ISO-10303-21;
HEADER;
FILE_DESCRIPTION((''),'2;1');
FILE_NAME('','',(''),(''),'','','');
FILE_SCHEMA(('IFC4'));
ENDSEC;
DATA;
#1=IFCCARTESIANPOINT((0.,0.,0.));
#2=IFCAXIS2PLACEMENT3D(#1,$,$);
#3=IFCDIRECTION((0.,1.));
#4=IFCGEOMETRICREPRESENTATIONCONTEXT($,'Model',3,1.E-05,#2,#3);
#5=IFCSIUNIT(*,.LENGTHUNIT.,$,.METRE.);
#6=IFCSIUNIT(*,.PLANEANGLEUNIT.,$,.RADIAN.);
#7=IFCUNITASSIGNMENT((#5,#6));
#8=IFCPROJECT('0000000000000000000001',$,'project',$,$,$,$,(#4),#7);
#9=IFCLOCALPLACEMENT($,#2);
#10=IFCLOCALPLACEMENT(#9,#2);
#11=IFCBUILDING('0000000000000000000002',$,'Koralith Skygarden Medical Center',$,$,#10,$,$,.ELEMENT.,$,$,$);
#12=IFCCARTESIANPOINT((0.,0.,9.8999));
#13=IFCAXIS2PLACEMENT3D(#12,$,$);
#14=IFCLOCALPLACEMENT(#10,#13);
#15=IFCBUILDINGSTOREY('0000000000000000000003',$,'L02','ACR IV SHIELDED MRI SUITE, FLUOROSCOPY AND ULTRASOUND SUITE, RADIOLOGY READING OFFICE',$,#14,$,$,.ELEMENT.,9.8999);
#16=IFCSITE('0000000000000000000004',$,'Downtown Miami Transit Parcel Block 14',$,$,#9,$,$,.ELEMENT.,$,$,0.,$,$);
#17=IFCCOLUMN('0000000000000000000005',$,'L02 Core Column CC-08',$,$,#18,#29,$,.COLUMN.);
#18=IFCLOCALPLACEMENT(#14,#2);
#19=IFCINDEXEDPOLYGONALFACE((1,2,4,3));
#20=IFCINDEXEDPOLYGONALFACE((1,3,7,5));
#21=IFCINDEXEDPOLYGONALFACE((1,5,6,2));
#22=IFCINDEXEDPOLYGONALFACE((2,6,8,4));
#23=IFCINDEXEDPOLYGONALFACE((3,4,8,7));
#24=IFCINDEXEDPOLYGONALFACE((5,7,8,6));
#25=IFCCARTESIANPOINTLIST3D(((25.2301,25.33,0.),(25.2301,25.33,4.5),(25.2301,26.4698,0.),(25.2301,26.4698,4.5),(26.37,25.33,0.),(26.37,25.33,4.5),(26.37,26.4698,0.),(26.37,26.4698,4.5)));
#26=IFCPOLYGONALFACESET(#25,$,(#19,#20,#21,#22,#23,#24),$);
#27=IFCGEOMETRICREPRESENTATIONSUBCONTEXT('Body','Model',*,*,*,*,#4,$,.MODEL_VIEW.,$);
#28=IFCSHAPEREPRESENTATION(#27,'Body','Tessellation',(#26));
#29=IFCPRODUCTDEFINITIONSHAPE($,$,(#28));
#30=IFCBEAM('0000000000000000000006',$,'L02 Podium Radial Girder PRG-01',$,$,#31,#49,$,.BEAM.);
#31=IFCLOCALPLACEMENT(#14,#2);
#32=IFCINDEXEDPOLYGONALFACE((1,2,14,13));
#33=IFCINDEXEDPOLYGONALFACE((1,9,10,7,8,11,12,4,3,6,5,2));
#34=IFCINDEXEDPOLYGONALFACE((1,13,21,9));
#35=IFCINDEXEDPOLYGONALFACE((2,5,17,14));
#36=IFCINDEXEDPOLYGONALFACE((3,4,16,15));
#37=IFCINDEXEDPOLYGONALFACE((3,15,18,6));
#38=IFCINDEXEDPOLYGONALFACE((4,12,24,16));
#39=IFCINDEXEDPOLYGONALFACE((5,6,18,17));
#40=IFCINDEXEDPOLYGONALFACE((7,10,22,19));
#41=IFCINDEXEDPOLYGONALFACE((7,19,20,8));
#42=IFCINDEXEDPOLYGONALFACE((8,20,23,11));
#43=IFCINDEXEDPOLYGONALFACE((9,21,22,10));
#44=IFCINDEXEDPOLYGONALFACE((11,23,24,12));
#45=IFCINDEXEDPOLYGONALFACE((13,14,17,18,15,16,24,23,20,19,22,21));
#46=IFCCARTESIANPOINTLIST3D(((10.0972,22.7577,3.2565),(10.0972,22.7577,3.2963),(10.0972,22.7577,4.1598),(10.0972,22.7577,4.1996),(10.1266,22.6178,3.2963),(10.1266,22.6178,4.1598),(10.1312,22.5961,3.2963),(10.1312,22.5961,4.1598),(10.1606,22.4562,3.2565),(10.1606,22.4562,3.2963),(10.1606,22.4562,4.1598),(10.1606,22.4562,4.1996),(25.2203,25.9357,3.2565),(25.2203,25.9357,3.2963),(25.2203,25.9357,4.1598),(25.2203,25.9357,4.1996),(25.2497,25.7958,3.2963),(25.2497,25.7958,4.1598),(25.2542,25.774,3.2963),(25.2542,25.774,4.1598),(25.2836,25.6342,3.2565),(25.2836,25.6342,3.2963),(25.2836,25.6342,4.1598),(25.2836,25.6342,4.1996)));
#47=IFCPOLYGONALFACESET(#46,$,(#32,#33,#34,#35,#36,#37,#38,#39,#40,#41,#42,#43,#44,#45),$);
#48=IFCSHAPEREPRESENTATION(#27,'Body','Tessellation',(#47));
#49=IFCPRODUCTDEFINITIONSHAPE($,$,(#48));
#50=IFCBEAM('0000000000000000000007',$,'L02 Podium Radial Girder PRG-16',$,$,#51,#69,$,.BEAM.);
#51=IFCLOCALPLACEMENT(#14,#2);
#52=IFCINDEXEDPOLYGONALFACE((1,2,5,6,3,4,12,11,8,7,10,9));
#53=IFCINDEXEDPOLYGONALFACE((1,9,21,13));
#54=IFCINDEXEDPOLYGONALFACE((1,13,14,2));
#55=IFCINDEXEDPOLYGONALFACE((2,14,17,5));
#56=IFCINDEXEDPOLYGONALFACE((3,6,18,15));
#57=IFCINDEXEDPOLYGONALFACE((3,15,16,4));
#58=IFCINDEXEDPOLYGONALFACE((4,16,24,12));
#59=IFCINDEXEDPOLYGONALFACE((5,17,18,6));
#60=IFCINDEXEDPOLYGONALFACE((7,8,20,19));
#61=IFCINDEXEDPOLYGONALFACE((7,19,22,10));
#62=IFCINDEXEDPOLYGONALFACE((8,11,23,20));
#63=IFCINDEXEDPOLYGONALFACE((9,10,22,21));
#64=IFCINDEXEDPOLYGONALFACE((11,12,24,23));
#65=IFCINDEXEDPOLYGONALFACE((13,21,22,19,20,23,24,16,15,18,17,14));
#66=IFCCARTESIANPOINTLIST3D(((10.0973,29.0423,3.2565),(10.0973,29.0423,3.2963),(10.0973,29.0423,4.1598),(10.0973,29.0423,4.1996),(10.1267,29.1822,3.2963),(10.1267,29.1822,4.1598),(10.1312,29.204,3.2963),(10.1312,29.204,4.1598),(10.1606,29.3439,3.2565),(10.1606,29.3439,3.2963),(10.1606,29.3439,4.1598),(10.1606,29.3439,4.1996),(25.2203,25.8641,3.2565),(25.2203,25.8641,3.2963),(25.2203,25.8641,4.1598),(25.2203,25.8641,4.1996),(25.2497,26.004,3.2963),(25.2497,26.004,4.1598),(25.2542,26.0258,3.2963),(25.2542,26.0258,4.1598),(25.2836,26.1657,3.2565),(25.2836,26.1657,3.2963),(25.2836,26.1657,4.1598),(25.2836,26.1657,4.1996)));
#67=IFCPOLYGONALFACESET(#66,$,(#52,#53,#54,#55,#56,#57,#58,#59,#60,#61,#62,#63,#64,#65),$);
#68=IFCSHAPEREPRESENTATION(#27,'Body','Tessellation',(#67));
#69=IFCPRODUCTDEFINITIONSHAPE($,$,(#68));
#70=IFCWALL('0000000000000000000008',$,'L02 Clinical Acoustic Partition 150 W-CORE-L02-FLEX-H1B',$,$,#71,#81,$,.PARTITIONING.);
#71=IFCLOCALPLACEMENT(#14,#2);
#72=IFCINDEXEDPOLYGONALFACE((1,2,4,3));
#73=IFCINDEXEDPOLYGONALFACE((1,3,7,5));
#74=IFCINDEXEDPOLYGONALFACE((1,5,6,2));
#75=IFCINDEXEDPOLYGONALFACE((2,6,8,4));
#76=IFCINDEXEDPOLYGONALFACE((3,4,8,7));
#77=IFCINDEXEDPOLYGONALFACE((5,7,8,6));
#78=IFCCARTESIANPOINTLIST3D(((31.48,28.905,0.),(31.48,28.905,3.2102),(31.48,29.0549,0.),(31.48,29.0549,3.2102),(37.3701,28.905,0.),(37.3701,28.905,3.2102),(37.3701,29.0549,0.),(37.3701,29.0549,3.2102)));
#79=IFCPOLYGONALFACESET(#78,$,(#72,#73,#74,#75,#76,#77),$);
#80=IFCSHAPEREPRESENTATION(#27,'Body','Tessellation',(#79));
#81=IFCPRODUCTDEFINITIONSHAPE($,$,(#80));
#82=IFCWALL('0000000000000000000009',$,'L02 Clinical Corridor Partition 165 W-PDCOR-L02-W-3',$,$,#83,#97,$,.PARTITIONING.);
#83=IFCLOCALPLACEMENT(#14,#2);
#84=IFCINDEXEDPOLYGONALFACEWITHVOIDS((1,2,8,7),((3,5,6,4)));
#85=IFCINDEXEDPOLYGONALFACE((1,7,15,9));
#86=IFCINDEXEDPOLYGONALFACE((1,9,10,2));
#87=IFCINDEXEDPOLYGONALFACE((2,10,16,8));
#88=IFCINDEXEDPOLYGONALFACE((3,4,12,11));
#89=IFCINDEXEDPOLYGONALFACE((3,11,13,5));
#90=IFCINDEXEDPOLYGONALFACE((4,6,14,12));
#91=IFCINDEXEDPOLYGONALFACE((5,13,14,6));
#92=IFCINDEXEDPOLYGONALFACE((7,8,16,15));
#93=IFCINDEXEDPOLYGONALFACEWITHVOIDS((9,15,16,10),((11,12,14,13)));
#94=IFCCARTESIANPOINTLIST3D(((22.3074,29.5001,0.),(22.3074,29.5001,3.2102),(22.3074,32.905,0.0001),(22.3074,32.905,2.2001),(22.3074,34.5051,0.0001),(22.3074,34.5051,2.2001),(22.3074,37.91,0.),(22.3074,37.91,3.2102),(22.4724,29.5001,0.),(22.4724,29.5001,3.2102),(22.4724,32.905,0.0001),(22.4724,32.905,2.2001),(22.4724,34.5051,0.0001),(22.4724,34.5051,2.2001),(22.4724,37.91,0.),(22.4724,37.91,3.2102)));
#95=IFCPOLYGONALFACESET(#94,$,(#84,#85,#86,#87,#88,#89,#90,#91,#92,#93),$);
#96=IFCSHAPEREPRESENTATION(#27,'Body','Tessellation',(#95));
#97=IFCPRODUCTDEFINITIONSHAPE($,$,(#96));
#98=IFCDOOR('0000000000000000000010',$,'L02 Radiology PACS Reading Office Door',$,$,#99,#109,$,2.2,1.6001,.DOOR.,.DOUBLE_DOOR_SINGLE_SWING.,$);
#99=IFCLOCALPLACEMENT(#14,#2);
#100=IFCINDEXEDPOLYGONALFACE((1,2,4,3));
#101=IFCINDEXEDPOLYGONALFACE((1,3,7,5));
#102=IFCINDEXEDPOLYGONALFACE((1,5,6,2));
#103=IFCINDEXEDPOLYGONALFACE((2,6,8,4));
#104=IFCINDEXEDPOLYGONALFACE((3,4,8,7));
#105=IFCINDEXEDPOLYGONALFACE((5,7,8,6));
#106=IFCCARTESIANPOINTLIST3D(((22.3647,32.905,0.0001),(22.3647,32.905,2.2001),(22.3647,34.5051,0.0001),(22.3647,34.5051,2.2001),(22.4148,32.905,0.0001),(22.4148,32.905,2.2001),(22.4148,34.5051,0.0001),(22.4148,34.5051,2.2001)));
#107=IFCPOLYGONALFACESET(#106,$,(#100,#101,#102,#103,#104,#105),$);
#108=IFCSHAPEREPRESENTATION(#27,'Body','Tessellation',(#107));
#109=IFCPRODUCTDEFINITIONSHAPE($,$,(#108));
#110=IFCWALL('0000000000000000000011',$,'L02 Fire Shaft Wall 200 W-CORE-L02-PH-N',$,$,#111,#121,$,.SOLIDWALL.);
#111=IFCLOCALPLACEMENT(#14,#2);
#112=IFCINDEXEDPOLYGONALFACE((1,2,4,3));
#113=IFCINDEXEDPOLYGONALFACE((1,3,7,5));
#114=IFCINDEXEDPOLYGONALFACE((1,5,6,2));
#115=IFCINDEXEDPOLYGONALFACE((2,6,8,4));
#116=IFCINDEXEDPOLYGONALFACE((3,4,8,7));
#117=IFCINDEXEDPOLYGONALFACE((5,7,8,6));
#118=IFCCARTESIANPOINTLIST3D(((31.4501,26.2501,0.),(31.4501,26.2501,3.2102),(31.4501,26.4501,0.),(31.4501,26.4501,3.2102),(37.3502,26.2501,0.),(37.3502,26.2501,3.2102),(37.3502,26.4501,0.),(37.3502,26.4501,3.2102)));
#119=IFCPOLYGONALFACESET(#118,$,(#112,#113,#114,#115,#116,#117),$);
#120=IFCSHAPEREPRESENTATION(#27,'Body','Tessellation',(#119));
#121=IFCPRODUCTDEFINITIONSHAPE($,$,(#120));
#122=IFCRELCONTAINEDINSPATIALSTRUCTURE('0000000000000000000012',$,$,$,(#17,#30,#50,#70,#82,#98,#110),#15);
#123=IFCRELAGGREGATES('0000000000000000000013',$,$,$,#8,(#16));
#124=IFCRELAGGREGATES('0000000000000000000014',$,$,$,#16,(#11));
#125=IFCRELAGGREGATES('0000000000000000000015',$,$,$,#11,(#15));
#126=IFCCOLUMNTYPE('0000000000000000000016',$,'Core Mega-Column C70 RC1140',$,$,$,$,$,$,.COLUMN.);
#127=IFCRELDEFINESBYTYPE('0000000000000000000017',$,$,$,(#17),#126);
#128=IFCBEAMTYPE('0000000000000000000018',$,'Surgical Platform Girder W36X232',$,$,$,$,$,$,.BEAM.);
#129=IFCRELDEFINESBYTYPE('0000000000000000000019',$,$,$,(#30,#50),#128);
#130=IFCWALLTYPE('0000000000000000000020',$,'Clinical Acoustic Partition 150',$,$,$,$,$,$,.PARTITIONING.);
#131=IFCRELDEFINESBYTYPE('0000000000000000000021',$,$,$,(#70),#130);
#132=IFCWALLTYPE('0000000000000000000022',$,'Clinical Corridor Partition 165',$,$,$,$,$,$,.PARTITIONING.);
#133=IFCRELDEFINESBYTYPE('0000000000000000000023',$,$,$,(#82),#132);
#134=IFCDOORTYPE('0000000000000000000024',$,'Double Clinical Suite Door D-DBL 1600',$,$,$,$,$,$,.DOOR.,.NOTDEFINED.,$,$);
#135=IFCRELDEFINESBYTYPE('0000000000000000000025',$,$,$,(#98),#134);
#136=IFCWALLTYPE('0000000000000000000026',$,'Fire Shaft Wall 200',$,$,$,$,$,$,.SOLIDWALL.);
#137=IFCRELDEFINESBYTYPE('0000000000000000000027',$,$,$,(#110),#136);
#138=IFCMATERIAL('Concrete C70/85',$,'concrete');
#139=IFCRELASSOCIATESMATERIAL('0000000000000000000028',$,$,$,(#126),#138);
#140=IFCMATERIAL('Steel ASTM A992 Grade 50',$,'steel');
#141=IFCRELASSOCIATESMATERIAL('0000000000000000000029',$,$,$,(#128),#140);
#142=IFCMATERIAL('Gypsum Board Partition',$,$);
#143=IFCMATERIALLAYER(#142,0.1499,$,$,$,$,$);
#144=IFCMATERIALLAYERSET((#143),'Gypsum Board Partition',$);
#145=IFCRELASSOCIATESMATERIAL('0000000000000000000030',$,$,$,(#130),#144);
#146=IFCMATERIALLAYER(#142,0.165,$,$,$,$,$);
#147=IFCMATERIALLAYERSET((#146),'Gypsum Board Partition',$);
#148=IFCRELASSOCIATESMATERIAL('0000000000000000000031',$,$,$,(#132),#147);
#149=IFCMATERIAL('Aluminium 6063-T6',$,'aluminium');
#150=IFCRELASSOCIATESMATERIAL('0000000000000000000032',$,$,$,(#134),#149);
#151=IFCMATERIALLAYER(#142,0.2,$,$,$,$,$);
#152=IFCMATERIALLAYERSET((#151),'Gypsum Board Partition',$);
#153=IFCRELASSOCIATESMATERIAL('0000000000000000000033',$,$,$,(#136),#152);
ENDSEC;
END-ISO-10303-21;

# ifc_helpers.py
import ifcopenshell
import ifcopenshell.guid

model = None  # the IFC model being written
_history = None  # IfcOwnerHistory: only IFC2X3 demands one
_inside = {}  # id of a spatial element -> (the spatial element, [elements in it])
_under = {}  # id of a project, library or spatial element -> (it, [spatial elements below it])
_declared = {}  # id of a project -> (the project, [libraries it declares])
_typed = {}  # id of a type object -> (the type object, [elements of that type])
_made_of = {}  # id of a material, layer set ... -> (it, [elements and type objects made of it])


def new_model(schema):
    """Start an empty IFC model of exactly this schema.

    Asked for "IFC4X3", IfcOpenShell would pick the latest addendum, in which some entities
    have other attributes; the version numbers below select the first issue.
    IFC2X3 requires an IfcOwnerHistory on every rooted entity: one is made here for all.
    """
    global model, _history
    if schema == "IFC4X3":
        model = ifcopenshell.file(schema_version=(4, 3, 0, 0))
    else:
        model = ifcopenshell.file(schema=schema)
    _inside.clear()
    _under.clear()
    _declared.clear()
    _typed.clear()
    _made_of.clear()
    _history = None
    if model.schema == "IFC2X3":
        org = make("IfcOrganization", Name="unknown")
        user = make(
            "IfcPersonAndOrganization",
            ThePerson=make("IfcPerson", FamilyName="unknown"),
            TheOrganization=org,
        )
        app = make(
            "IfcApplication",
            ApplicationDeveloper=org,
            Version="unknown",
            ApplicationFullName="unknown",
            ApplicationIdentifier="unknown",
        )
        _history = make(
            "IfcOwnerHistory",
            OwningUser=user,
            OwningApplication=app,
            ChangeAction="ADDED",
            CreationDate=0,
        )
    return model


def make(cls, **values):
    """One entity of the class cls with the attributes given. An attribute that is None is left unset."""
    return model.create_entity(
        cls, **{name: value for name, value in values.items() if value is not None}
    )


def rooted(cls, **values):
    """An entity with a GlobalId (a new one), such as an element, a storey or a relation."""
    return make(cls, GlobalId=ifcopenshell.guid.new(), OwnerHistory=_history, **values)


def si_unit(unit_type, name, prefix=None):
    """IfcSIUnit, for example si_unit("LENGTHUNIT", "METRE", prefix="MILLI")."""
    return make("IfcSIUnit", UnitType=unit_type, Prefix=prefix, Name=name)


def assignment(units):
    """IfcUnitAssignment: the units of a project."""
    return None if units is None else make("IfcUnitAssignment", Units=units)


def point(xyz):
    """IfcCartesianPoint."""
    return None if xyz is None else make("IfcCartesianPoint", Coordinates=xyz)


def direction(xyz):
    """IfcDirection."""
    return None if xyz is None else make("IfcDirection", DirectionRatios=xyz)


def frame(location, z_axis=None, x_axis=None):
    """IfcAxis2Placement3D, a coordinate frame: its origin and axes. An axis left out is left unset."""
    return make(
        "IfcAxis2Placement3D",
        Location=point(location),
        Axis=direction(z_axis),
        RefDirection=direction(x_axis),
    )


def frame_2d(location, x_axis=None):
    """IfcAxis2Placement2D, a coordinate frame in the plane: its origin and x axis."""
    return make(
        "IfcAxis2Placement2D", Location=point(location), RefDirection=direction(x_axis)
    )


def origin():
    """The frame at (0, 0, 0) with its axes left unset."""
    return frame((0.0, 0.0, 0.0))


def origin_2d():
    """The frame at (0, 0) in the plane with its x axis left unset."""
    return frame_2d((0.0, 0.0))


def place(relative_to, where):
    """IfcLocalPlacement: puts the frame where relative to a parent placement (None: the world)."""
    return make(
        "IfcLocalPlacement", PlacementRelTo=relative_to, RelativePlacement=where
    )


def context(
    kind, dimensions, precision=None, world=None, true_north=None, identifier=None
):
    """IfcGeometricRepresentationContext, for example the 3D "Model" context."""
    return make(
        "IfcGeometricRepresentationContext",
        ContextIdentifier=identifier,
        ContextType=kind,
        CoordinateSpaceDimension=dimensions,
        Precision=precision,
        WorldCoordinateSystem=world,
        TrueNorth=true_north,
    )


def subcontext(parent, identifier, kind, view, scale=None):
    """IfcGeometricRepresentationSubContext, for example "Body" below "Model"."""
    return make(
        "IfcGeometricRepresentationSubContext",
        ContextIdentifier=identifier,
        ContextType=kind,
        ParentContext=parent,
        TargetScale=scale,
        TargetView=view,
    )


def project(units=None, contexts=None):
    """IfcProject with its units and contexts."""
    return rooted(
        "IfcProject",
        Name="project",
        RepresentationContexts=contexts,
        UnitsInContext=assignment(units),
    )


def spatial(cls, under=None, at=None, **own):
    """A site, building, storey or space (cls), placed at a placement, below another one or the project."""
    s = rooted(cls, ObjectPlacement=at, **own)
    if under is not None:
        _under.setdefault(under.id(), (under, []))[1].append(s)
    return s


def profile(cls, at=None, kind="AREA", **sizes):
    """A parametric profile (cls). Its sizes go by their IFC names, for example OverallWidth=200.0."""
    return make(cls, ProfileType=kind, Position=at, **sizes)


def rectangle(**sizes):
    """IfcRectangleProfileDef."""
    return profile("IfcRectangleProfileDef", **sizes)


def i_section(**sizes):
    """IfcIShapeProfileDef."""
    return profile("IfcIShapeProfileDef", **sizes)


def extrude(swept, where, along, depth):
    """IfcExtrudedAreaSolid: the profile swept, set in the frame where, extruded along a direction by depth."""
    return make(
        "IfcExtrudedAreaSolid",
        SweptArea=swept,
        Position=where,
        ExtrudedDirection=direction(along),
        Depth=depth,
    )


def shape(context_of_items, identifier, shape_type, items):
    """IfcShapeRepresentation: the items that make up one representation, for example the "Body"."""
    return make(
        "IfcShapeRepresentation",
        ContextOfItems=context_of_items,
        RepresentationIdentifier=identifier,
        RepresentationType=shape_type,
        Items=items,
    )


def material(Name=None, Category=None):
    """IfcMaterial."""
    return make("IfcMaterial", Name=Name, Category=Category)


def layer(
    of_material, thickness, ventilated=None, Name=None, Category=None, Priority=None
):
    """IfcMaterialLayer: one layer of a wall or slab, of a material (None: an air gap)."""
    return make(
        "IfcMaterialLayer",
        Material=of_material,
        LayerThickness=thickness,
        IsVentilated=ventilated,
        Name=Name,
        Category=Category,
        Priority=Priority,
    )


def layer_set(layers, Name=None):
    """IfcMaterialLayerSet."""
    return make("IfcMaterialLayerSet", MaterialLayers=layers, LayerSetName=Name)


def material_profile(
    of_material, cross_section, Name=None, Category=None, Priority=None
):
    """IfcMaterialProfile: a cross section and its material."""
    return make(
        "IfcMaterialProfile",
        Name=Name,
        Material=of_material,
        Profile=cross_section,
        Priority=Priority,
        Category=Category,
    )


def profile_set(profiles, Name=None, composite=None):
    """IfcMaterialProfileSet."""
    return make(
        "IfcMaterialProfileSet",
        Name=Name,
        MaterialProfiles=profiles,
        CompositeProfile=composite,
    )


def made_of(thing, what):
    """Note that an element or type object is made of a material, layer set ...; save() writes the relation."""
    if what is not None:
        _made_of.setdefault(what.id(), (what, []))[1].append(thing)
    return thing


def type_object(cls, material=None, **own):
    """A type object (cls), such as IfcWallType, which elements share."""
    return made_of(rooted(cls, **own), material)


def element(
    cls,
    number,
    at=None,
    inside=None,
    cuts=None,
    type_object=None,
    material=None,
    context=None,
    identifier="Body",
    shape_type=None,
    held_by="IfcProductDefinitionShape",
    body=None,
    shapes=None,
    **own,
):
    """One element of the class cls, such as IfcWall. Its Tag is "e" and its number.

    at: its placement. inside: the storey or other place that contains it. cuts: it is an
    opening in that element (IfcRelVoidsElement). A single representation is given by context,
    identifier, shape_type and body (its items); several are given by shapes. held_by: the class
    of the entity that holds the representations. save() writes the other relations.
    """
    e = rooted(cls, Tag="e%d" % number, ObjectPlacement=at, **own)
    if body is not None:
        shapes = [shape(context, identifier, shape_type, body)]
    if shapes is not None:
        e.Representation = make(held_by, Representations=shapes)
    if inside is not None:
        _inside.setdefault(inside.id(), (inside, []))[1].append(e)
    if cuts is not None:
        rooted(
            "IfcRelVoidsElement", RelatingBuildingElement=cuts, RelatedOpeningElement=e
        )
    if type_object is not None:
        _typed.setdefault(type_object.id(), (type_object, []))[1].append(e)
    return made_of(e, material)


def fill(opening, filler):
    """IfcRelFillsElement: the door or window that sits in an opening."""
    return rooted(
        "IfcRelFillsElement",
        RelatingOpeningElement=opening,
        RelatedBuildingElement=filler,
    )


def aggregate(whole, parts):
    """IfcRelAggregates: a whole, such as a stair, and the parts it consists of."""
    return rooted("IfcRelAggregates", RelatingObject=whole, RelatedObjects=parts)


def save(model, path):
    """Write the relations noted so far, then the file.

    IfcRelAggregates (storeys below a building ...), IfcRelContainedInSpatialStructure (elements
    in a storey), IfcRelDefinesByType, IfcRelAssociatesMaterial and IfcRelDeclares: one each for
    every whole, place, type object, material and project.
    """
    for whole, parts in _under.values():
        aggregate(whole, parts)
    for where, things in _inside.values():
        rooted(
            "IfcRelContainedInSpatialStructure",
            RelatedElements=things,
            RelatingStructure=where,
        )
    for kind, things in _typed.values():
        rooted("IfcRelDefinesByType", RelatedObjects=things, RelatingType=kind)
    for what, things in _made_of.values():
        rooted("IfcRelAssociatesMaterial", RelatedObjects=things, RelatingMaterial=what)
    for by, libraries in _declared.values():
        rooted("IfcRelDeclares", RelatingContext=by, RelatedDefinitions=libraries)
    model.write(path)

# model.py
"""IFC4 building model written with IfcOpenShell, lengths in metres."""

from ifc_helpers import new_model, si_unit, direction, frame, frame_2d, origin, origin_2d, place, context, subcontext, project, spatial, rectangle, i_section, extrude, material, layer, layer_set, material_profile, profile_set, type_object, element, fill, save


model = new_model("IFC4")

# Units and contexts
model_context = context("Model", 3, precision=1e-05, world=origin(), true_north=direction((0.0, 1.0)))
body_context = subcontext(model_context, "Body", "Model", "MODEL_VIEW")
ifc_project = project(units=[si_unit("LENGTHUNIT", "METRE"), si_unit("PLANEANGLEUNIT", "RADIAN")], contexts=[model_context])

# Site, building, storey
site_placement = place(None, origin())
site = spatial("IfcSite", under=ifc_project, at=site_placement, Name="Downtown Miami Transit Parcel Block 14", CompositionType="ELEMENT", RefElevation=0.0)
building_placement = place(site_placement, origin())
building = spatial("IfcBuilding", under=site, at=building_placement, Name="Koralith Skygarden Medical Center", CompositionType="ELEMENT")
storey_placement = place(building_placement, frame((0.0, 0.0, 9.8999)))
storey = spatial("IfcBuildingStorey", under=building, at=storey_placement, Name="L02", Description="ACR IV SHIELDED MRI SUITE, FLUOROSCOPY AND ULTRASOUND SUITE, RADIOLOGY READING OFFICE", CompositionType="ELEMENT", Elevation=9.8999)

# Column
ifc_material_1 = material(Name="Concrete C70/85", Category="concrete")
ifc_material_profile_1 = material_profile(ifc_material_1, rectangle(XDim=1.1399, YDim=1.1399, at=origin_2d()), Name="RC1140X1140")
ifc_profile_set_1 = profile_set([ifc_material_profile_1], Name="Concrete C70/85")
column_type = type_object("IfcColumnType", Name="Core Mega-Column C70 RC1140", PredefinedType="COLUMN", material=ifc_profile_set_1)
column_placement = place(storey_placement, frame((25.8, 25.8999, 0.0), z_axis=(0.0, 0.0, 1.0), x_axis=(1.0, 0.0, 0.0)))
element("IfcColumn", 1, at=column_placement, inside=storey, type_object=column_type, Name="L02 Core Column CC-08", PredefinedType="COLUMN", context=body_context, shape_type="SweptSolid", body=[
    extrude(rectangle(XDim=1.1399, YDim=1.1399, at=origin_2d()), origin(), (0.0, 0.0, 1.0), 4.5),
])

# Beams
ifc_material_2 = material(Name="Steel ASTM A992 Grade 50", Category="steel")
ifc_material_profile_2 = material_profile(ifc_material_2, i_section(OverallWidth=0.3081, OverallDepth=0.9431, WebThickness=0.0222, FlangeThickness=0.0398, at=origin_2d()), Name="W36X232")
ifc_profile_set_2 = profile_set([ifc_material_profile_2], Name="Steel ASTM A992 Grade 50")
beam_type = type_object("IfcBeamType", Name="Surgical Platform Girder W36X232", PredefinedType="BEAM", material=ifc_profile_set_2)
for number, where, z_axis, x_axis, name in (
    (2, (25.252, 25.7849, 3.728), (-0.978626, -0.20565, 0.0), (0.20565, -0.978626, 0.0), "L02 Podium Radial Girder PRG-01"),
    (3, (25.252, 26.0149, 3.728), (-0.978622, 0.205665, 0.0), (-0.205665, -0.978622, 0.0), "L02 Podium Radial Girder PRG-16"),
):
    element("IfcBeam", number, at=place(storey_placement, frame(where, z_axis=z_axis, x_axis=x_axis)), inside=storey, type_object=beam_type, Name=name, PredefinedType="BEAM", context=body_context, shape_type="SweptSolid", body=[
        extrude(i_section(OverallWidth=0.3081, OverallDepth=0.9431, WebThickness=0.0222, FlangeThickness=0.0398, at=origin_2d()), origin(), (0.0, 0.0, 1.0), 15.4534),
    ])

# Wall
ifc_material_3 = material(Name="Gypsum Board Partition")
ifc_layer_1 = layer(ifc_material_3, 0.1499)
ifc_layer_set_1 = layer_set([ifc_layer_1], Name="Gypsum Board Partition")
wall_type_1 = type_object("IfcWallType", Name="Clinical Acoustic Partition 150", PredefinedType="PARTITIONING", material=ifc_layer_set_1)
wall_1_placement = place(storey_placement, frame((31.48, 28.98, 0.0), z_axis=(0.0, 0.0, 1.0), x_axis=(1.0, 0.0, 0.0)))
element("IfcWall", 4, at=wall_1_placement, inside=storey, type_object=wall_type_1, Name="L02 Clinical Acoustic Partition 150 W-CORE-L02-FLEX-H1B", PredefinedType="PARTITIONING", context=body_context, shape_type="SweptSolid", body=[
    extrude(rectangle(XDim=5.8901, YDim=0.1499, at=frame_2d((2.9451, 0.0))), origin(), (0.0, 0.0, 1.0), 3.2102),
])

# Wall, opening, door
ifc_layer_2 = layer(ifc_material_3, 0.165)
ifc_layer_set_2 = layer_set([ifc_layer_2], Name="Gypsum Board Partition")
wall_type_2 = type_object("IfcWallType", Name="Clinical Corridor Partition 165", PredefinedType="PARTITIONING", material=ifc_layer_set_2)
wall_2_placement = place(storey_placement, frame((22.3899, 29.5, 0.0), z_axis=(0.0, 0.0, 1.0), x_axis=(0.0, 1.0, 0.0)))
wall_2 = element("IfcWall", 5, at=wall_2_placement, inside=storey, type_object=wall_type_2, Name="L02 Clinical Corridor Partition 165 W-PDCOR-L02-W-3", PredefinedType="PARTITIONING", context=body_context, shape_type="SweptSolid", body=[
    extrude(rectangle(XDim=8.4099, YDim=0.165, at=frame_2d((4.2051, 0.0))), origin(), (0.0, 0.0, 1.0), 3.2102),
])
opening_1_placement = place(wall_2_placement, frame((3.405, 0.0, 0.0)))
opening_1 = element("IfcOpeningElement", 6, at=opening_1_placement, cuts=wall_2, PredefinedType="OPENING", context=body_context, shape_type="SweptSolid", body=[
    extrude(rectangle(XDim=1.6001, YDim=2.2, at=frame_2d((0.8, 1.1001))), frame((0.0, 0.0925, 0.0), z_axis=(0.0, -1.0, 0.0), x_axis=(1.0, 0.0, 0.0)), (0.0, 0.0, 1.0), 0.1851),
])
ifc_material_4 = material(Name="Aluminium 6063-T6", Category="aluminium")
door_type_1 = type_object("IfcDoorType", Name="Double Clinical Suite Door D-DBL 1600", OperationType="NOTDEFINED", PredefinedType="DOOR", material=ifc_material_4)
door_1_placement = place(opening_1_placement, frame((1.6001, 0.0, 0.0), z_axis=(0.0, 0.0, 1.0), x_axis=(-1.0, 0.0, 0.0)))
door_1 = element("IfcDoor", 7, at=door_1_placement, inside=storey, type_object=door_type_1, Name="L02 Radiology PACS Reading Office Door", OperationType="DOUBLE_DOOR_SINGLE_SWING", OverallHeight=2.2, OverallWidth=1.6001, PredefinedType="DOOR", context=body_context, shape_type="SweptSolid", body=[
    extrude(rectangle(XDim=1.6001, YDim=2.2, at=frame_2d((0.8, 1.1001))), frame((0.0, 0.0249, 0.0), z_axis=(0.0, -1.0, 0.0), x_axis=(1.0, 0.0, 0.0)), (0.0, 0.0, 1.0), 0.05),
])
fill(opening_1, door_1)

# Wall
ifc_layer_3 = layer(ifc_material_3, 0.2)
ifc_layer_set_3 = layer_set([ifc_layer_3], Name="Gypsum Board Partition")
wall_type_3 = type_object("IfcWallType", Name="Fire Shaft Wall 200", PredefinedType="SOLIDWALL", material=ifc_layer_set_3)
wall_3_placement = place(storey_placement, frame((31.45, 26.3501, 0.0), z_axis=(0.0, 0.0, 1.0), x_axis=(1.0, 0.0, 0.0)))
element("IfcWall", 8, at=wall_3_placement, inside=storey, type_object=wall_type_3, Name="L02 Fire Shaft Wall 200 W-CORE-L02-PH-N", PredefinedType="SOLIDWALL", context=body_context, shape_type="SweptSolid", body=[
    extrude(rectangle(XDim=5.9001, YDim=0.2, at=frame_2d((2.9502, 0.0))), origin(), (0.0, 0.0, 1.0), 3.2102),
])

save(model, "model.ifc")
